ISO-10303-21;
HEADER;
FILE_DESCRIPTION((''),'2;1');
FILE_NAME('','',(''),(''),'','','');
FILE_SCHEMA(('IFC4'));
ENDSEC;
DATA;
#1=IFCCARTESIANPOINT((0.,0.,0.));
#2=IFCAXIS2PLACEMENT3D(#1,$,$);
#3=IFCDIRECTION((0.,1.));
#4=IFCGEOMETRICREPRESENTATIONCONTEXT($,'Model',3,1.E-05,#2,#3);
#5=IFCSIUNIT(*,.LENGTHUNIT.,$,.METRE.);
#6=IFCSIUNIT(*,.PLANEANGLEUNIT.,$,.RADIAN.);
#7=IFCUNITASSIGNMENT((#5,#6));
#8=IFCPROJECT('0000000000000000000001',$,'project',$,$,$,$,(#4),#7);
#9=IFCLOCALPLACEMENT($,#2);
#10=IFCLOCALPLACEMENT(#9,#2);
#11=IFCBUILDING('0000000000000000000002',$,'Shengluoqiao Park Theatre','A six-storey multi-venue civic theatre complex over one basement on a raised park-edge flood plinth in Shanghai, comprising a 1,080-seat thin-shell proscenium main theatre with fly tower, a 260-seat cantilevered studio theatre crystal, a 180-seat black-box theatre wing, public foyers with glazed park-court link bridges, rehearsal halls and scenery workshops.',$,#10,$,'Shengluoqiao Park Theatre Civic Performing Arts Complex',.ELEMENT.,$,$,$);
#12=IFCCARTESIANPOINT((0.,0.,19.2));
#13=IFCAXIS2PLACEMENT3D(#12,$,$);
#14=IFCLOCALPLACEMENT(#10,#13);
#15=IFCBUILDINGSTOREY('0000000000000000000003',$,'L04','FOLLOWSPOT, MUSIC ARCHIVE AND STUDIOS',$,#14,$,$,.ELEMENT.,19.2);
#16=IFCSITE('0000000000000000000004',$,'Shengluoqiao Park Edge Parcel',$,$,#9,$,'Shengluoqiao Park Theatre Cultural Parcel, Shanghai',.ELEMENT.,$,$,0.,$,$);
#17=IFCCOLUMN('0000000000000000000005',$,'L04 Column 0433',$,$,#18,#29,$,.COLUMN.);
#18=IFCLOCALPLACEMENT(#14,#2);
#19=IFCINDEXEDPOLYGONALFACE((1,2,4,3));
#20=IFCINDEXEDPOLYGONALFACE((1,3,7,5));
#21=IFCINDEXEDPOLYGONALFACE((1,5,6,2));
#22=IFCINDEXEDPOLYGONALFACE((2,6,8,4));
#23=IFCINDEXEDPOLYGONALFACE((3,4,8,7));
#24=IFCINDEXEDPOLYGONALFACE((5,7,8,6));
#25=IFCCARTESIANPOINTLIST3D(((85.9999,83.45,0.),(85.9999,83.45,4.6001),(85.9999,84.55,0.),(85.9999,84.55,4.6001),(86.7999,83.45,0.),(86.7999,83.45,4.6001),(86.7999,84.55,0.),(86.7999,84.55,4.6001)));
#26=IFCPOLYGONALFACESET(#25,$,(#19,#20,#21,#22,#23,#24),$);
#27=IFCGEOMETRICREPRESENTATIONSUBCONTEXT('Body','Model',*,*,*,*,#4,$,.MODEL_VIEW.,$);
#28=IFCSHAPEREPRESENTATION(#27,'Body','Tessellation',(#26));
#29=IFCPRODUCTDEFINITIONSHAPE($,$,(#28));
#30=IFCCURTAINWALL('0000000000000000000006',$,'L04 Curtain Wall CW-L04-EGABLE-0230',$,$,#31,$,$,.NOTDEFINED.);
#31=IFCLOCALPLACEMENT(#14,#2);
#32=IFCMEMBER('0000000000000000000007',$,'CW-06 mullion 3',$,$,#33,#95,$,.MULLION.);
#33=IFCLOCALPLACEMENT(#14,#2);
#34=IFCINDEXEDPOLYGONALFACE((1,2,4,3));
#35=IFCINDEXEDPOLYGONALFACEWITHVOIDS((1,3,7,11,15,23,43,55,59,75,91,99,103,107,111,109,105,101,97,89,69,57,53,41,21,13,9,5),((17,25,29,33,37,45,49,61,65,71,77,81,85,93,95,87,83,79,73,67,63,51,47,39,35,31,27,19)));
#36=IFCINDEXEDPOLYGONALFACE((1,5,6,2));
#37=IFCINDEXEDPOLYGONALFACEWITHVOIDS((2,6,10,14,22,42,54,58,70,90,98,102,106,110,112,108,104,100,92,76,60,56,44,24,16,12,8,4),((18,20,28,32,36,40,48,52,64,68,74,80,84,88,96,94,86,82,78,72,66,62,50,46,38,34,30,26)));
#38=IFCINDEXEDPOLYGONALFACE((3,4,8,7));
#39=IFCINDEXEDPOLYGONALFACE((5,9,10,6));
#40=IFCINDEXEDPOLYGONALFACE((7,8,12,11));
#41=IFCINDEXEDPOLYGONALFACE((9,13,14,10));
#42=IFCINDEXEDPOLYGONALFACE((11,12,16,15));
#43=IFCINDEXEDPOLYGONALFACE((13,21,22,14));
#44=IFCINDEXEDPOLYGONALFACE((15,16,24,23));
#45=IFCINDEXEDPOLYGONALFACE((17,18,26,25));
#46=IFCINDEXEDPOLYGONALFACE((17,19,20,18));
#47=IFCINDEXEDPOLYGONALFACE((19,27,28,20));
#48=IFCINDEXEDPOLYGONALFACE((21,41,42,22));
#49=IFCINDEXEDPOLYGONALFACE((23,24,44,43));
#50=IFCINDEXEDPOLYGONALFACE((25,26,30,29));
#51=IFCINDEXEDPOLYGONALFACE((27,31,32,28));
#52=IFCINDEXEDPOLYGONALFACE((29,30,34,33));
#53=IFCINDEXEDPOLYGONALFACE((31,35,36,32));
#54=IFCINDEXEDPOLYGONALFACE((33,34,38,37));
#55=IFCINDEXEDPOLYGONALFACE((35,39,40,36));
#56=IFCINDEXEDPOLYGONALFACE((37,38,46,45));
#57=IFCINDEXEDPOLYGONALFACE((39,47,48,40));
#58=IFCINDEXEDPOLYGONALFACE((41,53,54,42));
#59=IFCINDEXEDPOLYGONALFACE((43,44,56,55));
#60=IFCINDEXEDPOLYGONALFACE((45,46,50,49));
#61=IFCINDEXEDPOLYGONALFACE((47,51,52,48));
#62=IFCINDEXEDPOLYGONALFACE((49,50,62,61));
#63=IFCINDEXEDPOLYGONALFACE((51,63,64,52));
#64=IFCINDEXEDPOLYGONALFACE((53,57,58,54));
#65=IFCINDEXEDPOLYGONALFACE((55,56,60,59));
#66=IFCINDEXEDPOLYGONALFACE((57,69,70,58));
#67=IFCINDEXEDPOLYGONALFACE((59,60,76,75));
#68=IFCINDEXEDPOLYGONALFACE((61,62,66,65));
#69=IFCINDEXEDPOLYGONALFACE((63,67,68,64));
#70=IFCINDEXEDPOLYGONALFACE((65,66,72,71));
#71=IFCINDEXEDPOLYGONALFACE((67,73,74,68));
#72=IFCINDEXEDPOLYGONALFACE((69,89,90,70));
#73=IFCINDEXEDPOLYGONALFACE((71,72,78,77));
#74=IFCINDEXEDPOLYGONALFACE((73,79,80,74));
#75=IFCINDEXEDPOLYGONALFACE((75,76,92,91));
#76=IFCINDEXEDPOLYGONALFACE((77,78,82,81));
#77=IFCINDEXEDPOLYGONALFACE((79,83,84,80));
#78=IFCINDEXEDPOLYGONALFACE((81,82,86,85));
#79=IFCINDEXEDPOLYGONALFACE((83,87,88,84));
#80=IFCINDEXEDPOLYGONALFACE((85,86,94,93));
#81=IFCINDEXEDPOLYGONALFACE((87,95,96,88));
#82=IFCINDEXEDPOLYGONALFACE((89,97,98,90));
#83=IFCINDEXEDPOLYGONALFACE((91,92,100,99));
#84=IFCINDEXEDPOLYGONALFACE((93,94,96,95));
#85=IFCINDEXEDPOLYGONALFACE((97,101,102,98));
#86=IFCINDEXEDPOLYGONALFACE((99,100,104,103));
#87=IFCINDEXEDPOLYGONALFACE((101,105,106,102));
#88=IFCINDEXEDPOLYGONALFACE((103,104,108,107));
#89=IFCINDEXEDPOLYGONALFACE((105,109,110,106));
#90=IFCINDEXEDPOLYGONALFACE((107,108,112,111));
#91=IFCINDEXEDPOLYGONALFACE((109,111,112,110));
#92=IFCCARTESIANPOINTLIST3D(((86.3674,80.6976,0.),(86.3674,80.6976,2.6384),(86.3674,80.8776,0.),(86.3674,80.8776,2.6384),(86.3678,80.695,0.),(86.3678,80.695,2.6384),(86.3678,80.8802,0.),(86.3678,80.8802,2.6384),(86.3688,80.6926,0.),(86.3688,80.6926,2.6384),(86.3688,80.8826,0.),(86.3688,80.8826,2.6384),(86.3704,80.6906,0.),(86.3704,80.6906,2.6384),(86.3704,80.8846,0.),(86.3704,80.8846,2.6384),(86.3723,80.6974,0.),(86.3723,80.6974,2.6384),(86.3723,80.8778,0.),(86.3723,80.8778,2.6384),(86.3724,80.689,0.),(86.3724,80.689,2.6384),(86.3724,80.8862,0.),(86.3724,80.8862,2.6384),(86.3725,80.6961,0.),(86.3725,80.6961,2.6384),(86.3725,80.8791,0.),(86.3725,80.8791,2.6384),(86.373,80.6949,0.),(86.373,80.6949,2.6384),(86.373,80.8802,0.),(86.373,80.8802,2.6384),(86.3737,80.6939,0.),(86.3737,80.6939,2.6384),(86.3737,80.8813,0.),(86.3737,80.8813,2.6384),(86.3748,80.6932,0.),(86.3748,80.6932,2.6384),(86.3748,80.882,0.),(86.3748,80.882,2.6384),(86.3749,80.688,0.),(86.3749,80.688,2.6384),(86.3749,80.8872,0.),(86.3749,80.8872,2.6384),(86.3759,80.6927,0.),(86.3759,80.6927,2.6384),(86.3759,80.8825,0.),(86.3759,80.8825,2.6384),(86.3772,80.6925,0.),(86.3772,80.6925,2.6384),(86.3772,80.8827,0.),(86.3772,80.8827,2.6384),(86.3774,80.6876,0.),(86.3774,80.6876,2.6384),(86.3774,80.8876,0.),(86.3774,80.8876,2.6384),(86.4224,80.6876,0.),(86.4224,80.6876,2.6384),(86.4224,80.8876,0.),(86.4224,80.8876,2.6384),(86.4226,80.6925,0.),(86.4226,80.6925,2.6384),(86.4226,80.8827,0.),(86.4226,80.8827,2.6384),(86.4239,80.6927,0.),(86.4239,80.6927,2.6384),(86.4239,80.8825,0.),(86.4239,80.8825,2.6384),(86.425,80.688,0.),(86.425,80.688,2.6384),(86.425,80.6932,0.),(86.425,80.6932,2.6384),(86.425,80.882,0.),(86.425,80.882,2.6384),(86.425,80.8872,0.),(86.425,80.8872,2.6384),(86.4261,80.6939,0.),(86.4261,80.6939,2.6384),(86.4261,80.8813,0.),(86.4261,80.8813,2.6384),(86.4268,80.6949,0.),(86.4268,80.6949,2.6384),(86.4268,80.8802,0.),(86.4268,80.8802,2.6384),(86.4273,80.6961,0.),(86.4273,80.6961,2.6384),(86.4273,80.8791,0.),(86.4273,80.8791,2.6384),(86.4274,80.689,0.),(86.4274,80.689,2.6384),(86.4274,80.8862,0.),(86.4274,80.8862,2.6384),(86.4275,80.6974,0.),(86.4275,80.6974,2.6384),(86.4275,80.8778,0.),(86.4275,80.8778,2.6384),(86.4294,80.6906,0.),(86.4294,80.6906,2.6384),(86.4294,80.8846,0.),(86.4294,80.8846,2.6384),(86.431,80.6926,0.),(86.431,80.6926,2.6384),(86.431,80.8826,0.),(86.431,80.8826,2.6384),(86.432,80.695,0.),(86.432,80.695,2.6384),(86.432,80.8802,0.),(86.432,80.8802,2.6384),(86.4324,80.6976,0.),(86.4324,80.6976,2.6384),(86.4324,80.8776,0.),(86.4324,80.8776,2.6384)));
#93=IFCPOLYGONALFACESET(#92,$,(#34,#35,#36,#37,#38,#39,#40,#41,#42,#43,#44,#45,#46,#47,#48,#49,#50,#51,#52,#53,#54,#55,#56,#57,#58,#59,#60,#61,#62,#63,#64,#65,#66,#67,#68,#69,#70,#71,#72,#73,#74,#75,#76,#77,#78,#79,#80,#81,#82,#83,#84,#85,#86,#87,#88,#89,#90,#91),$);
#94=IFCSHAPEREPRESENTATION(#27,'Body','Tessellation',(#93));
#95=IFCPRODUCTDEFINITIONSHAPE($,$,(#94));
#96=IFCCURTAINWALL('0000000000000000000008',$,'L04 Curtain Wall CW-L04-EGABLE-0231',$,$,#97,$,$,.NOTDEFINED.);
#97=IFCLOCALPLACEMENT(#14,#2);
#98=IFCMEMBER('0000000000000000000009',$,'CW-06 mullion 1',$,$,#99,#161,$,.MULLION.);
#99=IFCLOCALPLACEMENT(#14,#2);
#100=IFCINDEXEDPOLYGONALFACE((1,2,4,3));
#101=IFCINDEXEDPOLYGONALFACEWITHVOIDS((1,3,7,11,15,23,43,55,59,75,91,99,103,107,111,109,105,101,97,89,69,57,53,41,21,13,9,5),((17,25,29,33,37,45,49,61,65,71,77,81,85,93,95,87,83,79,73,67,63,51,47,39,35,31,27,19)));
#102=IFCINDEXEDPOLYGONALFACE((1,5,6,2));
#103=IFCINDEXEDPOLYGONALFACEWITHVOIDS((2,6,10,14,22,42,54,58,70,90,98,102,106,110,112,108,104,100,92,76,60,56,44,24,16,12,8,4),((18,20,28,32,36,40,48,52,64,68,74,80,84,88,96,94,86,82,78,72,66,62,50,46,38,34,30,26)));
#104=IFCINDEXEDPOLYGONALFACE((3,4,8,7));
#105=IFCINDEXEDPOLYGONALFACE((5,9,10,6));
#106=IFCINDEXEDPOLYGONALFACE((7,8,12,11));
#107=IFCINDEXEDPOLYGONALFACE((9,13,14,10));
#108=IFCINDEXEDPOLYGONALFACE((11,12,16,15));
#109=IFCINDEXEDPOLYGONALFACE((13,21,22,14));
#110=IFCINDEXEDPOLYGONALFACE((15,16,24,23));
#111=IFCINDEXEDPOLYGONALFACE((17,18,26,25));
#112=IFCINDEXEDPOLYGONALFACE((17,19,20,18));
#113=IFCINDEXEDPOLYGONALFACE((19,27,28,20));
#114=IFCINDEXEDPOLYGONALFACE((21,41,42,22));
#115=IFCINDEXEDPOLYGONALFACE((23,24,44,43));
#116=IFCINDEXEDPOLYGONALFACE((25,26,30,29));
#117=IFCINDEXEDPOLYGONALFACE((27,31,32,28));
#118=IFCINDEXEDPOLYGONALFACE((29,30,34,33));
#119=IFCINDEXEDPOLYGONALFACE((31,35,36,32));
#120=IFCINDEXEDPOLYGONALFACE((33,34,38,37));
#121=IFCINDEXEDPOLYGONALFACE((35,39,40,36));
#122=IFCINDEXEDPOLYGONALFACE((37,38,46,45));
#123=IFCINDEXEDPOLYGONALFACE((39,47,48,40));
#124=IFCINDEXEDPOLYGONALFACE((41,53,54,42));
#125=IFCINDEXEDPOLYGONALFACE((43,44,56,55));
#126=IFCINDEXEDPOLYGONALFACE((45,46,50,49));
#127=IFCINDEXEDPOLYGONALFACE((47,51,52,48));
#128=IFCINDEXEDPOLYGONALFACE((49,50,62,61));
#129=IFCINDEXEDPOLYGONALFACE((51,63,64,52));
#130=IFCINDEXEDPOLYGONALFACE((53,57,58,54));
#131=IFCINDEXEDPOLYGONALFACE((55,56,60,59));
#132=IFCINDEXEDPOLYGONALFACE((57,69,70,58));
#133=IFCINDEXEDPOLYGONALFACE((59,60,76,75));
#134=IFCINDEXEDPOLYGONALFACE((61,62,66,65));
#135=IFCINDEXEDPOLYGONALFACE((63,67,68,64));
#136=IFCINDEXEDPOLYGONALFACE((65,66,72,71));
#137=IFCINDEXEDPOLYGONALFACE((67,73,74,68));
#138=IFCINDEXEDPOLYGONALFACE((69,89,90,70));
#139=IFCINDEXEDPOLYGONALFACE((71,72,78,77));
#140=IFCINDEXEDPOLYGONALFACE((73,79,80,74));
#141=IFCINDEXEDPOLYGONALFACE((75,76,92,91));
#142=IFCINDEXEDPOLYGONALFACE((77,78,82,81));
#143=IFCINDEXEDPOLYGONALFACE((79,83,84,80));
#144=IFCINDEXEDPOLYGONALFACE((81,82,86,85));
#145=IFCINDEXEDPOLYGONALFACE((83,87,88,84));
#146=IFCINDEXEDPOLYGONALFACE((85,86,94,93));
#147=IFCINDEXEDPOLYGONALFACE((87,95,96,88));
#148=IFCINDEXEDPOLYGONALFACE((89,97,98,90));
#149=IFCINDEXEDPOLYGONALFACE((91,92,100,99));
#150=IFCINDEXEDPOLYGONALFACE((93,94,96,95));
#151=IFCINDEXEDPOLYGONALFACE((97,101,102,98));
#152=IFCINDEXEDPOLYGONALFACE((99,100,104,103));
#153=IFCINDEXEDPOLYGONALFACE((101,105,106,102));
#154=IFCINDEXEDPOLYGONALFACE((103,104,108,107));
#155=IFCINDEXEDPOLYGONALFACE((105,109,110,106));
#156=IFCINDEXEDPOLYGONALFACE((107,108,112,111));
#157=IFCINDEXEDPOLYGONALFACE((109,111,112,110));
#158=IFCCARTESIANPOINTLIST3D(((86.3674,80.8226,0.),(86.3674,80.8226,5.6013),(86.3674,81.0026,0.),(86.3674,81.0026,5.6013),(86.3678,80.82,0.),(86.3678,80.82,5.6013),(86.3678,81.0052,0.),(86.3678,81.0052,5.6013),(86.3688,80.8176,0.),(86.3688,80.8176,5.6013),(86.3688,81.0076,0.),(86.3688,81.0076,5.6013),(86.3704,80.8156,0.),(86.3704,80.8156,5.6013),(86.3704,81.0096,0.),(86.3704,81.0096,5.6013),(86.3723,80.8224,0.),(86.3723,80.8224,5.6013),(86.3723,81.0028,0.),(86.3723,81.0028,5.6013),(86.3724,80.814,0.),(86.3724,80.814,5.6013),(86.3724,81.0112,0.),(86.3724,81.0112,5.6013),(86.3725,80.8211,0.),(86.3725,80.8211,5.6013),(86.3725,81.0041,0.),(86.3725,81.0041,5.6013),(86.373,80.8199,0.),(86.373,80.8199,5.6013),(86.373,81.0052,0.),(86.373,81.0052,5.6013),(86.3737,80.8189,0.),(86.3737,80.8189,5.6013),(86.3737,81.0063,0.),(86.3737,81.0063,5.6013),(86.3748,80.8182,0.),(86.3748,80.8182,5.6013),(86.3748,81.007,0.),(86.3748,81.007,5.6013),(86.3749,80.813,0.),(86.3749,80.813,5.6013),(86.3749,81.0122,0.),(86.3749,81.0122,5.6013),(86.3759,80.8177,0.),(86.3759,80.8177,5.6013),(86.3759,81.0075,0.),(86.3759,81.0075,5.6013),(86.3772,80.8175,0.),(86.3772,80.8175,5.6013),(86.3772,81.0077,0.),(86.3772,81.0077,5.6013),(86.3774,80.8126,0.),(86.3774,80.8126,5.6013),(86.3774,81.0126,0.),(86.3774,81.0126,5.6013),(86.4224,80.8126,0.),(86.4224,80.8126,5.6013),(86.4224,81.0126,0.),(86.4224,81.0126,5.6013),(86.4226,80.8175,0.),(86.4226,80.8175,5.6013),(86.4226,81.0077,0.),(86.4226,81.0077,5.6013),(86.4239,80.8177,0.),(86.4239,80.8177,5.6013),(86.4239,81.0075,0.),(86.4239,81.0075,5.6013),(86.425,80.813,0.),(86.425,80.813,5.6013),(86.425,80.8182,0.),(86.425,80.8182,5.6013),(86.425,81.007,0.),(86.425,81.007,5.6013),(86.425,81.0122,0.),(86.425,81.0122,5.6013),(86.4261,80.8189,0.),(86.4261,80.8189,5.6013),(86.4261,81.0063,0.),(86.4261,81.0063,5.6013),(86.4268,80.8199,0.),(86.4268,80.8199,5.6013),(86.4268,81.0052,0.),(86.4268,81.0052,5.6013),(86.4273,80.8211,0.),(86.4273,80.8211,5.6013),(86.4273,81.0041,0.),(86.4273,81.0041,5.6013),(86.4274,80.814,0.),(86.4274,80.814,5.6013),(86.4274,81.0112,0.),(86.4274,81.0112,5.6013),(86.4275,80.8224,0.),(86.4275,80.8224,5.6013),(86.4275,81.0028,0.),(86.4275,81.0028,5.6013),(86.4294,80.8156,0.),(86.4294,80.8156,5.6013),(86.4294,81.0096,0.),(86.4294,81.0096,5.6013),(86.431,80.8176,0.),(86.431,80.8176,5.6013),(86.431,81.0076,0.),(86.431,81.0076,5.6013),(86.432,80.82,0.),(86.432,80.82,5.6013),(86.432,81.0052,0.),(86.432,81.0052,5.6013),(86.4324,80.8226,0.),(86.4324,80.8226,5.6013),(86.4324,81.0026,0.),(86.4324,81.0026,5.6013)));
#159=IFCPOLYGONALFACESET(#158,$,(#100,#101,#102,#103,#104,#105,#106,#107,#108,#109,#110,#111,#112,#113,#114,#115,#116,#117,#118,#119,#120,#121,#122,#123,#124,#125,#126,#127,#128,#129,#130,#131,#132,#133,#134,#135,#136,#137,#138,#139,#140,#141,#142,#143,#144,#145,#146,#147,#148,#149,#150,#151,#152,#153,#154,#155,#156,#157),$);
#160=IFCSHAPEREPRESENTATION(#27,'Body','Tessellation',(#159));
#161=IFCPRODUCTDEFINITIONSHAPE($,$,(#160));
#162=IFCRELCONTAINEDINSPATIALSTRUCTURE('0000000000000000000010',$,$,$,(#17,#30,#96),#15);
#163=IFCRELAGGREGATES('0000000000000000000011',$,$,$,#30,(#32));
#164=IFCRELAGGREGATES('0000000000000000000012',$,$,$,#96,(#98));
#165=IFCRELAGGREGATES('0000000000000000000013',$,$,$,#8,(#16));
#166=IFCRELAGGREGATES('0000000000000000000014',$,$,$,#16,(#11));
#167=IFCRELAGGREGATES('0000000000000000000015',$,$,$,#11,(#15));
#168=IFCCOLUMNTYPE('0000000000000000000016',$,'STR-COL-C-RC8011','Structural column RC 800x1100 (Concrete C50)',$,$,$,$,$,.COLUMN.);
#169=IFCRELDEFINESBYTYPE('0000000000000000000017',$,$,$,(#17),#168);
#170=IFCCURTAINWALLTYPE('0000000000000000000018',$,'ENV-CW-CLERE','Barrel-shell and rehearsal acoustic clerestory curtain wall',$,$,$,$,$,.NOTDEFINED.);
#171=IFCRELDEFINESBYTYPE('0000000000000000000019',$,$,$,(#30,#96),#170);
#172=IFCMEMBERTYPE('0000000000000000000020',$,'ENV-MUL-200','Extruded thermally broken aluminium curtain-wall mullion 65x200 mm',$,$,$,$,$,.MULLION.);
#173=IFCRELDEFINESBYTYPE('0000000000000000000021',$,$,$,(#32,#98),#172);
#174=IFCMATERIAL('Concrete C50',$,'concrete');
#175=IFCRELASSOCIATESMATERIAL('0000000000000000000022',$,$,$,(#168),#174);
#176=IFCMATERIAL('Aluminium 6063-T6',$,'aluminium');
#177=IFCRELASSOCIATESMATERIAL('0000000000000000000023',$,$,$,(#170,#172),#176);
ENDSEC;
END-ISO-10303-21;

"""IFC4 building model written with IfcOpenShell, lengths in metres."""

from ifc_helpers import new_model, si_unit, direction, frame, origin, origin_2d, place, context, subcontext, project, spatial, rectangle, hollow_rectangle, extrude, material, material_profile, profile_set, type_object, element, aggregate, save


model = new_model("IFC4")

# Units and contexts
model_context = context("Model", 3, precision=1e-05, world=origin(), true_north=direction((0.0, 1.0)))
body_context = subcontext(model_context, "Body", "Model", "MODEL_VIEW")
ifc_project = project(units=[si_unit("LENGTHUNIT", "METRE"), si_unit("PLANEANGLEUNIT", "RADIAN")], contexts=[model_context])

# Site, building, storey
site_placement = place(None, origin())
site = spatial("IfcSite", under=ifc_project, at=site_placement, Name="Shengluoqiao Park Edge Parcel", LongName="Shengluoqiao Park Theatre Cultural Parcel, Shanghai", CompositionType="ELEMENT", RefElevation=0.0)
building_placement = place(site_placement, origin())
building = spatial("IfcBuilding", under=site, at=building_placement, Name="Shengluoqiao Park Theatre", Description="A six-storey multi-venue civic theatre complex over one basement on a raised park-edge flood plinth in Shanghai, comprising a 1,080-seat thin-shell proscenium main theatre with fly tower, a 260-seat cantilevered studio theatre crystal, a 180-seat black-box theatre wing, public foyers with glazed park-court link bridges, rehearsal halls and scenery workshops.", LongName="Shengluoqiao Park Theatre Civic Performing Arts Complex", CompositionType="ELEMENT")
storey_placement = place(building_placement, frame((0.0, 0.0, 19.2)))
storey = spatial("IfcBuildingStorey", under=building, at=storey_placement, Name="L04", Description="FOLLOWSPOT, MUSIC ARCHIVE AND STUDIOS", CompositionType="ELEMENT", Elevation=19.2)

# Column
ifc_material_1 = material(Name="Concrete C50", Category="concrete")
ifc_material_profile_1 = material_profile(ifc_material_1, rectangle(XDim=0.8, YDim=1.1001, at=origin_2d()), Name="RC 800x1100")
ifc_profile_set_1 = profile_set([ifc_material_profile_1], Name="Concrete C50")
column_type = type_object("IfcColumnType", Name="STR-COL-C-RC8011", Description="Structural column RC 800x1100 (Concrete C50)", PredefinedType="COLUMN", material=ifc_profile_set_1)
column_placement = place(storey_placement, frame((86.3999, 84.0, 0.0), z_axis=(0.0, 0.0, 1.0), x_axis=(1.0, 0.0, 0.0)))
element("IfcColumn", 1, at=column_placement, inside=storey, type_object=column_type, Name="L04 Column 0433", PredefinedType="COLUMN", context=body_context, shape_type="SweptSolid", body=[
    extrude(rectangle(XDim=0.8, YDim=1.1001, at=origin_2d()), origin(), (0.0, 0.0, 1.0), 4.6001),
])

# Curtain wall, member
ifc_material_2 = material(Name="Aluminium 6063-T6", Category="aluminium")
curtain_wall_type = type_object("IfcCurtainWallType", Name="ENV-CW-CLERE", Description="Barrel-shell and rehearsal acoustic clerestory curtain wall", PredefinedType="NOTDEFINED", material=ifc_material_2)
curtain_wall_1_placement = place(storey_placement, origin())
curtain_wall_1 = element("IfcCurtainWall", 2, at=curtain_wall_1_placement, inside=storey, type_object=curtain_wall_type, Name="L04 Curtain Wall CW-L04-EGABLE-0230", PredefinedType="NOTDEFINED")
ifc_material_profile_2 = material_profile(ifc_material_2, hollow_rectangle(XDim=0.0649, YDim=0.2, WallThickness=0.0049, InnerFilletRadius=0.0049, OuterFilletRadius=0.01, at=origin_2d()), Name="ALU MULLION 200x65x5")
ifc_profile_set_2 = profile_set([ifc_material_profile_2], Name="Aluminium 6063-T6")
member_type_1 = type_object("IfcMemberType", Name="ENV-MUL-200", Description="Extruded thermally broken aluminium curtain-wall mullion 65x200 mm", PredefinedType="MULLION", material=ifc_profile_set_2)
member_1_placement = place(storey_placement, frame((86.3999, 80.7876, 0.0), z_axis=(0.0, 0.0, 1.0), x_axis=(-1.0, 0.0, 0.0)))
member_1 = element("IfcMember", 3, at=member_1_placement, type_object=member_type_1, Name="CW-06 mullion 3", PredefinedType="MULLION", context=body_context, shape_type="SweptSolid", body=[
    extrude(hollow_rectangle(XDim=0.0649, YDim=0.2, WallThickness=0.0049, InnerFilletRadius=0.0049, OuterFilletRadius=0.01, at=origin_2d()), origin(), (0.0, 0.0, 1.0), 2.6384),
])
aggregate(curtain_wall_1, [member_1])

# Curtain wall, member
curtain_wall_2_placement = place(storey_placement, origin())
curtain_wall_2 = element("IfcCurtainWall", 4, at=curtain_wall_2_placement, inside=storey, type_object=curtain_wall_type, Name="L04 Curtain Wall CW-L04-EGABLE-0231", PredefinedType="NOTDEFINED")
member_2_placement = place(storey_placement, frame((86.3999, 80.9126, 0.0), z_axis=(0.0, 0.0, 1.0), x_axis=(-1.0, 0.0, 0.0)))
member_2 = element("IfcMember", 5, at=member_2_placement, type_object=member_type_1, Name="CW-06 mullion 1", PredefinedType="MULLION", context=body_context, shape_type="SweptSolid", body=[
    extrude(hollow_rectangle(XDim=0.0649, YDim=0.2, WallThickness=0.0049, InnerFilletRadius=0.0049, OuterFilletRadius=0.01, at=origin_2d()), origin(), (0.0, 0.0, 1.0), 5.6013),
])

aggregate(curtain_wall_2, [member_2])

save(model, "model.ifc")
